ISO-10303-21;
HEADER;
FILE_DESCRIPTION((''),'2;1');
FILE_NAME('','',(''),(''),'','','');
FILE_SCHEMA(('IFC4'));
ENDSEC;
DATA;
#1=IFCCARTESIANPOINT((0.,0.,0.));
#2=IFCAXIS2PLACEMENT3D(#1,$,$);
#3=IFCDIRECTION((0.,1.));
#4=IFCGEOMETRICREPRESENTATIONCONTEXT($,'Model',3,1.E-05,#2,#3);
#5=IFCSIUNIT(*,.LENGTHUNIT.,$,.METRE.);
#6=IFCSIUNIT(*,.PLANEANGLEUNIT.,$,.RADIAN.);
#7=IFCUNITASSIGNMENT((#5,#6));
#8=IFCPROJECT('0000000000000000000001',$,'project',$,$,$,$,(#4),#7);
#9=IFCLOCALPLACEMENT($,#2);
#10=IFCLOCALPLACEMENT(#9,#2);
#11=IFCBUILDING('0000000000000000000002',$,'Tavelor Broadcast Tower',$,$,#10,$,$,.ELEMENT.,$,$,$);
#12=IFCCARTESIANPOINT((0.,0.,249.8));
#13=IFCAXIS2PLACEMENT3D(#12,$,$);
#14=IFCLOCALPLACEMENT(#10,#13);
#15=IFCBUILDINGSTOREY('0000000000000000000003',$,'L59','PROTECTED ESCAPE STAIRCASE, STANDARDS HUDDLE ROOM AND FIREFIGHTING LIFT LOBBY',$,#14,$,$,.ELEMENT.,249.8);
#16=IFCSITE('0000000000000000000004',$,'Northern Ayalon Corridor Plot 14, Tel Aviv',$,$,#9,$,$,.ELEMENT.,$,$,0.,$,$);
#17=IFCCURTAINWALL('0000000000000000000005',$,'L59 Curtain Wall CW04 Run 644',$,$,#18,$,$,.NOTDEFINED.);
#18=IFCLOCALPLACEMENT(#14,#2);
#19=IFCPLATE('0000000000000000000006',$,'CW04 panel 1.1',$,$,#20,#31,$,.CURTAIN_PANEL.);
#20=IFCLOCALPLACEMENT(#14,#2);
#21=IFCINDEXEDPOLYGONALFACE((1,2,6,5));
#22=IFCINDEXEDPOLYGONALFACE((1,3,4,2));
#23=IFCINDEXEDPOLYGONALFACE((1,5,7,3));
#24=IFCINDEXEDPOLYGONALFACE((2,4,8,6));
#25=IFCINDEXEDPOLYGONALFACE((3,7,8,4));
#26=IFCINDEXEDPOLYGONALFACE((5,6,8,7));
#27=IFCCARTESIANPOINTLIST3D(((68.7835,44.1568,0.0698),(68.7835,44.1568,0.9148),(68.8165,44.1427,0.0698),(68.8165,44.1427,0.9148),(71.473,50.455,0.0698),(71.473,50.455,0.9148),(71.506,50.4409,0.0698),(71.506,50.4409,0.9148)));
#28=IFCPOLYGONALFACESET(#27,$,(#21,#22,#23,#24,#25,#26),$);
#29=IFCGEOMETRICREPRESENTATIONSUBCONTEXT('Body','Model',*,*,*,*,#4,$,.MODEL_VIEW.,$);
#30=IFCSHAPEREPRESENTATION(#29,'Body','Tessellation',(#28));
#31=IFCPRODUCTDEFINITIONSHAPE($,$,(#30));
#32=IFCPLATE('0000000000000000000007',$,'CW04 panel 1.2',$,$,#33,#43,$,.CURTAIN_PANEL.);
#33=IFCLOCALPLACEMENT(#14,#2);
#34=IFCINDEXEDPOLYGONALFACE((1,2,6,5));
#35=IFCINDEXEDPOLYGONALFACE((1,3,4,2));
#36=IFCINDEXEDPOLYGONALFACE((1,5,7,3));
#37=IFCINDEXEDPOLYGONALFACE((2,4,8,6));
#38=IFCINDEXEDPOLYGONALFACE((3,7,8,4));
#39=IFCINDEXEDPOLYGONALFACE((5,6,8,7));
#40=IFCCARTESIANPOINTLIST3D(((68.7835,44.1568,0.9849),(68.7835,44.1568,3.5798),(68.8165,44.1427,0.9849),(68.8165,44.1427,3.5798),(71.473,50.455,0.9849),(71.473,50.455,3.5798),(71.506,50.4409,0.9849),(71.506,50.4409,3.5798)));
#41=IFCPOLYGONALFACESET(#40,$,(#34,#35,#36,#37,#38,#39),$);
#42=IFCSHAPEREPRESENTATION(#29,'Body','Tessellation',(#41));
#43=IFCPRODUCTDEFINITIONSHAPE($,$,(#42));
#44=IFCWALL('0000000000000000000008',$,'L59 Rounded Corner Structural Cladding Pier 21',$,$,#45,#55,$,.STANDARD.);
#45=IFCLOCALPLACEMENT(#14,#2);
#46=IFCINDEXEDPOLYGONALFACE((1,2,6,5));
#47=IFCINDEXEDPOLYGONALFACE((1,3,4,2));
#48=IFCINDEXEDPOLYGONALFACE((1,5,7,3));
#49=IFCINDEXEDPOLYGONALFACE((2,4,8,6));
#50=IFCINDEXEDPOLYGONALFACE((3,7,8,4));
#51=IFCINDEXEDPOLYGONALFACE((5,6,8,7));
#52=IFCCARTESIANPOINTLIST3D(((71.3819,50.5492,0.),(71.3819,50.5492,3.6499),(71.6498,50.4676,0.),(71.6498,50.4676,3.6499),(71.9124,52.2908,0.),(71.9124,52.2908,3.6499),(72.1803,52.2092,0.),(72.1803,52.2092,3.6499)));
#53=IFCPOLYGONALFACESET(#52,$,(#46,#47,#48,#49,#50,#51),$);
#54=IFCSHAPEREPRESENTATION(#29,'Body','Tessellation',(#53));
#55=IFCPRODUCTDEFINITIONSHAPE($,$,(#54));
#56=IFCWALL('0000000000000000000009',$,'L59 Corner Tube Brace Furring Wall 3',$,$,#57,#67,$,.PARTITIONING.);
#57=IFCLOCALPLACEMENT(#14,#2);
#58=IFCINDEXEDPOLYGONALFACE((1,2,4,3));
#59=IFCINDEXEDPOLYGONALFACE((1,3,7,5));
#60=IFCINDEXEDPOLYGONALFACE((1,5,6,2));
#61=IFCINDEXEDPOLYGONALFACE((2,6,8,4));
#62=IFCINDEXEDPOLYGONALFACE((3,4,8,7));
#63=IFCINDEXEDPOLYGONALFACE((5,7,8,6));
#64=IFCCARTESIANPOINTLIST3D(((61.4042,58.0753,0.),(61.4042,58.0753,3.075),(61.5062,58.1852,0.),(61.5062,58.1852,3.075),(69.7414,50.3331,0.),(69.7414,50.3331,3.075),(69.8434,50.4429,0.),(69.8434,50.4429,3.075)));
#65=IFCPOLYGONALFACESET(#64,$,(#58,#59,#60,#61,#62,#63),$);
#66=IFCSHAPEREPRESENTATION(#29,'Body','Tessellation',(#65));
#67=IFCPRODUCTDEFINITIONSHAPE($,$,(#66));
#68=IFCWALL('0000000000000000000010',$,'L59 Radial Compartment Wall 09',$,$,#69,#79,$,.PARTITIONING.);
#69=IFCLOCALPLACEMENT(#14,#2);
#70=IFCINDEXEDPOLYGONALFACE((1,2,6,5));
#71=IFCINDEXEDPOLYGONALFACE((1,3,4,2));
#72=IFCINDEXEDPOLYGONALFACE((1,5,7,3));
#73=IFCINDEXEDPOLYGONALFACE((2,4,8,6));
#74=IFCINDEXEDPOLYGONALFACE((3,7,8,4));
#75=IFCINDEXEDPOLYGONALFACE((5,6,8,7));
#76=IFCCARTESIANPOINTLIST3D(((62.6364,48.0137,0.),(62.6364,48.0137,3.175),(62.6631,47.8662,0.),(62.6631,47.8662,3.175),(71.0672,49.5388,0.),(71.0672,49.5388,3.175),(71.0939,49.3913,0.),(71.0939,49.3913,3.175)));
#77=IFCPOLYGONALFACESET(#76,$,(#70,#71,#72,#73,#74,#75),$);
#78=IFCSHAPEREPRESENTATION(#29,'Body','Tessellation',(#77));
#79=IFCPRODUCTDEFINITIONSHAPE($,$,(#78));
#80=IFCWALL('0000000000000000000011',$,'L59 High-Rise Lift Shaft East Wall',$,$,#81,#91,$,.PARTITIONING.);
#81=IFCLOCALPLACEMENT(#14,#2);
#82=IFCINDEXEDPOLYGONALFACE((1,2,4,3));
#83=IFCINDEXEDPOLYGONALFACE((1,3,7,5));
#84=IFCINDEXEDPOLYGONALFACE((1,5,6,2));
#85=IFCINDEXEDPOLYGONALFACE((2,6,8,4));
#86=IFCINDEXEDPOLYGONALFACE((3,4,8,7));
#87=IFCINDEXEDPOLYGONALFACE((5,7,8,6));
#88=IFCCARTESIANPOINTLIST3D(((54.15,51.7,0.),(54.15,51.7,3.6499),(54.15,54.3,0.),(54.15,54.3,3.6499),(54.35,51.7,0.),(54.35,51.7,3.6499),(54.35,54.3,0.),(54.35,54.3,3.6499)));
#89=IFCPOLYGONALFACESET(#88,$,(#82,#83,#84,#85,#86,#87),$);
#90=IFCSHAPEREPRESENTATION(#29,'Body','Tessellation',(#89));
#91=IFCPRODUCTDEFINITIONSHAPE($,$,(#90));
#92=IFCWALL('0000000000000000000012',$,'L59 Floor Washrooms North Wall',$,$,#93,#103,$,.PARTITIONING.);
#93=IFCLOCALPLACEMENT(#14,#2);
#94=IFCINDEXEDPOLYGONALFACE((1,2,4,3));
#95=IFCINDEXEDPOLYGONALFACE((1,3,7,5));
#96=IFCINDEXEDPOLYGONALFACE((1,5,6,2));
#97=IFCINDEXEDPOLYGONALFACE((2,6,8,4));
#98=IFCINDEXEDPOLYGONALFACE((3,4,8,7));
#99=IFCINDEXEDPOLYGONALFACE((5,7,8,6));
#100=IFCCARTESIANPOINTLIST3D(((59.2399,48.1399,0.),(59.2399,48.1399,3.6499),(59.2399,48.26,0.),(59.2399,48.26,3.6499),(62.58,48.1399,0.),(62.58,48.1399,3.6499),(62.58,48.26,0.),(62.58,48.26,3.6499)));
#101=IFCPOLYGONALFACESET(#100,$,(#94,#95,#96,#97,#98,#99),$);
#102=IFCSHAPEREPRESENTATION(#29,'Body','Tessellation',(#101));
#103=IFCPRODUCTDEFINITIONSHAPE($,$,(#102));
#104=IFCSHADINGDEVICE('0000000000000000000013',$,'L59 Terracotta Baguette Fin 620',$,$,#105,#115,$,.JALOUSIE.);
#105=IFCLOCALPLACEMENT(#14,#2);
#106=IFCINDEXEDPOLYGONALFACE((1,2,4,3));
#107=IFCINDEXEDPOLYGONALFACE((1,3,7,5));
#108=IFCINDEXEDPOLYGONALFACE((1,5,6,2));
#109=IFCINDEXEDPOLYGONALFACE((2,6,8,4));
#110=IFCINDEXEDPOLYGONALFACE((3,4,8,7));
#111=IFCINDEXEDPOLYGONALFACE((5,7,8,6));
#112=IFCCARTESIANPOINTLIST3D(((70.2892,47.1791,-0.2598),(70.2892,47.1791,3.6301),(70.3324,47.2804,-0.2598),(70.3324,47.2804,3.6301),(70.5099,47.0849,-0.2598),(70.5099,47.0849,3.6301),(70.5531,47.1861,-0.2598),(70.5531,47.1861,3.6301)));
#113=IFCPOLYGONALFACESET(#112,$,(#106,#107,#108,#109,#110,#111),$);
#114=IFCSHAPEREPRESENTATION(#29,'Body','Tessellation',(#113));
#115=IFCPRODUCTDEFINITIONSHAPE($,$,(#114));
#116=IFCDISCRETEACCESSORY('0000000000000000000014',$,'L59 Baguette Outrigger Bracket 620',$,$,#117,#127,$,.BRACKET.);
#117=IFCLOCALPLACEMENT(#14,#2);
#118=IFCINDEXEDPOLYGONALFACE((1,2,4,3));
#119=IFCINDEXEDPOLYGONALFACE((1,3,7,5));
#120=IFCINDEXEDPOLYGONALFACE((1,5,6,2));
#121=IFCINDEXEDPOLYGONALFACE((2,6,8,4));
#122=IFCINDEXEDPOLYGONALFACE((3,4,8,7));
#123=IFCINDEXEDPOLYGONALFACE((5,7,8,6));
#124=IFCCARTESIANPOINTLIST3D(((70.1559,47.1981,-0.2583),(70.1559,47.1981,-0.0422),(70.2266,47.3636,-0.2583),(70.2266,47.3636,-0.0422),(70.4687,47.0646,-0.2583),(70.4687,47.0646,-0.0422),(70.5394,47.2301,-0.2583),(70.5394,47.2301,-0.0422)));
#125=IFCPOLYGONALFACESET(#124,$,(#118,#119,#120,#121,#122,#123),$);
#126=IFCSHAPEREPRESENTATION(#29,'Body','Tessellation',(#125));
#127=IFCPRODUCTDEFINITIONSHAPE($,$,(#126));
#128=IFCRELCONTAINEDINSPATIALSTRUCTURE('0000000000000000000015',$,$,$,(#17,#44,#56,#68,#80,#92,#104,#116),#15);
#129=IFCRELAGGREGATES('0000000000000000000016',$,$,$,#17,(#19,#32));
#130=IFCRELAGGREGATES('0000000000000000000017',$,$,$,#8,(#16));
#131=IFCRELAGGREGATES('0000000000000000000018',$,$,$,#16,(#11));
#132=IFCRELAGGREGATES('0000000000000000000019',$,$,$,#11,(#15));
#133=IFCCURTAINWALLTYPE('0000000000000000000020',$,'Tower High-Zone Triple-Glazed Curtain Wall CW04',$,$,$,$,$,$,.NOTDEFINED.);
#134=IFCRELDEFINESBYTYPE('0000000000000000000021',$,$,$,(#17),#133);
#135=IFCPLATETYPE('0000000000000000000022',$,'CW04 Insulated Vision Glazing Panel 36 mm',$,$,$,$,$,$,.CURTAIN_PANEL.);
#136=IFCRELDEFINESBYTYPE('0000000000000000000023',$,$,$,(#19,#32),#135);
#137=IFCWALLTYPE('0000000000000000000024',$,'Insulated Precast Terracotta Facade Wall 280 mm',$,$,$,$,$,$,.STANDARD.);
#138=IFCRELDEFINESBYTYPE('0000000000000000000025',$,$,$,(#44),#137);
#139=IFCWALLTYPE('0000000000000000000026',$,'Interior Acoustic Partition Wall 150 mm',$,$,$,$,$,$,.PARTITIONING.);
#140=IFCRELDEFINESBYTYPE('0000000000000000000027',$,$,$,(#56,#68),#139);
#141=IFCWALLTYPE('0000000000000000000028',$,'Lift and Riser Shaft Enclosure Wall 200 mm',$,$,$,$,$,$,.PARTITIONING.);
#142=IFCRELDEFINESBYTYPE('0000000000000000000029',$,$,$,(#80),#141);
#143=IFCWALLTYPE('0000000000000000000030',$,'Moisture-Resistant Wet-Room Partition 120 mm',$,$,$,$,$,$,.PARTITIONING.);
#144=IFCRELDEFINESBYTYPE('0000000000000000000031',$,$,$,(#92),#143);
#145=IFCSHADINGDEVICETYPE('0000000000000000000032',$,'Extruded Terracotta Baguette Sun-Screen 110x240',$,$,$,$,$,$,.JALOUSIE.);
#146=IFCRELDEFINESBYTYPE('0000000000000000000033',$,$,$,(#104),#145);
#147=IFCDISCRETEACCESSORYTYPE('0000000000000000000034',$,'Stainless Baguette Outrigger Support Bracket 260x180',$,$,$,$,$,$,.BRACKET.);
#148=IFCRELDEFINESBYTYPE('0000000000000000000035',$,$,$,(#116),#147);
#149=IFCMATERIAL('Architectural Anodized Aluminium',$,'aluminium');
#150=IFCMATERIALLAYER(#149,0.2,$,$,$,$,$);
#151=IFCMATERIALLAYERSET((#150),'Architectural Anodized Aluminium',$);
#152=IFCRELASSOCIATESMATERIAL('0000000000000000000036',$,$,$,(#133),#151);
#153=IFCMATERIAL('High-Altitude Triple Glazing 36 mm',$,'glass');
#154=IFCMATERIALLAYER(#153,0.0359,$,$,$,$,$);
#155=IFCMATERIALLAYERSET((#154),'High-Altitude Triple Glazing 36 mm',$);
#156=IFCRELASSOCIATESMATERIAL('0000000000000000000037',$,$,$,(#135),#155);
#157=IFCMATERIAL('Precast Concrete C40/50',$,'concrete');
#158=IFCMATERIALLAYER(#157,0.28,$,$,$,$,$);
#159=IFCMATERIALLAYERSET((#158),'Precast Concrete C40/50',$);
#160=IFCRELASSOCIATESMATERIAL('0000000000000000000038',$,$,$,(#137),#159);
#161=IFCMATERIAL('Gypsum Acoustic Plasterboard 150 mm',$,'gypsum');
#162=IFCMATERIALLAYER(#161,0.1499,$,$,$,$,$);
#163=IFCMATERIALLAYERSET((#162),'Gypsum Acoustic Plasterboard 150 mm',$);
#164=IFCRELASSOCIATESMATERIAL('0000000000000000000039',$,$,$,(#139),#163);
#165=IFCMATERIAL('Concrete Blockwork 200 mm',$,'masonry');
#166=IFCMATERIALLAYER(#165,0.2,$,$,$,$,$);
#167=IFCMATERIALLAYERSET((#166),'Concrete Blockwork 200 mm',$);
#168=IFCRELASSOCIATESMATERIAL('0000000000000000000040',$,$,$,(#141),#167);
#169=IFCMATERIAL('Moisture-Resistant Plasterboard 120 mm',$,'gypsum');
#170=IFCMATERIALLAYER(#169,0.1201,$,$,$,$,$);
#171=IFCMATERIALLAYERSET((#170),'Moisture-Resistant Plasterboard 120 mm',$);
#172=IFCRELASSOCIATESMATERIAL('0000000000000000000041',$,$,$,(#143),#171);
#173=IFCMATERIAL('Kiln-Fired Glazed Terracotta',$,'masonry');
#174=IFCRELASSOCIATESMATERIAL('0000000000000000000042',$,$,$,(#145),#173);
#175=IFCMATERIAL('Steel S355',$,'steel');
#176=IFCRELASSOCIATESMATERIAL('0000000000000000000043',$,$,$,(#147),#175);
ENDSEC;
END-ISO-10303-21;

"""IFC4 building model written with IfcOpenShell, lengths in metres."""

from ifc_helpers import new_model, si_unit, direction, frame, frame_2d, origin, origin_2d, place, context, subcontext, project, spatial, rectangle, extrude, source, transform, mapped, material, layer, layer_set, type_object, type_shapes, element, aggregate, save


model = new_model("IFC4")

# Units and contexts
model_context = context("Model", 3, precision=1e-05, world=origin(), true_north=direction((0.0, 1.0)))
body_context = subcontext(model_context, "Body", "Model", "MODEL_VIEW")
ifc_project = project(units=[si_unit("LENGTHUNIT", "METRE"), si_unit("PLANEANGLEUNIT", "RADIAN")], contexts=[model_context])

# Site, building, storey
site_placement = place(None, origin())
site = spatial("IfcSite", under=ifc_project, at=site_placement, Name="Northern Ayalon Corridor Plot 14, Tel Aviv", CompositionType="ELEMENT", RefElevation=0.0)
building_placement = place(site_placement, origin())
building = spatial("IfcBuilding", under=site, at=building_placement, Name="Tavelor Broadcast Tower", CompositionType="ELEMENT")
storey_placement = place(building_placement, frame((0.0, 0.0, 249.8)))
storey = spatial("IfcBuildingStorey", under=building, at=storey_placement, Name="L59", Description="PROTECTED ESCAPE STAIRCASE, STANDARDS HUDDLE ROOM AND FIREFIGHTING LIFT LOBBY", CompositionType="ELEMENT", Elevation=249.8)

# Shared definitions
ifc_material_1 = material(Name="Steel S355", Category="steel")

# Curtain wall
ifc_material_2 = material(Name="Architectural Anodized Aluminium", Category="aluminium")
ifc_layer_1 = layer(ifc_material_2, 0.2)
ifc_layer_set_1 = layer_set([ifc_layer_1], Name="Architectural Anodized Aluminium")
curtain_wall_type = type_object("IfcCurtainWallType", Name="Tower High-Zone Triple-Glazed Curtain Wall CW04", PredefinedType="NOTDEFINED", material=ifc_layer_set_1)
curtain_wall_placement = place(storey_placement, origin())
curtain_wall = element("IfcCurtainWall", 1, at=curtain_wall_placement, inside=storey, type_object=curtain_wall_type, Name="L59 Curtain Wall CW04 Run 644", PredefinedType="NOTDEFINED")

# Plates
ifc_material_3 = material(Name="High-Altitude Triple Glazing 36 mm", Category="glass")
ifc_layer_2 = layer(ifc_material_3, 0.0359)
ifc_layer_set_2 = layer_set([ifc_layer_2], Name="High-Altitude Triple Glazing 36 mm")
plate_type_1 = type_object("IfcPlateType", Name="CW04 Insulated Vision Glazing Panel 36 mm", PredefinedType="CURTAIN_PANEL", material=ifc_layer_set_2)
shared_shape_1 = source(origin(), body_context, "Body", "SweptSolid", [
    extrude(rectangle(XDim=6.8484, YDim=0.0359, at=origin_2d()), origin(), (0.0, 0.0, 1.0), 0.845),
])
plate_1_placement = place(storey_placement, frame((70.1448, 47.2988, 0.0698), z_axis=(0.0, 0.0, 1.0), x_axis=(0.392724, 0.919656, 0.0)))
plate_1 = element("IfcPlate", 2, at=plate_1_placement, type_object=plate_type_1, Name="CW04 panel 1.1", PredefinedType="CURTAIN_PANEL", context=body_context, shape_type="MappedRepresentation", body=[
    mapped(shared_shape_1, transform((0.0, 0.0, 0.0), scale=1.0)),
])
shared_shape_2 = source(origin(), body_context, "Body", "SweptSolid", [
    extrude(rectangle(XDim=6.8484, YDim=0.0359, at=origin_2d()), origin(), (0.0, 0.0, 1.0), 2.595),
])
type_shapes(plate_type_1, [shared_shape_1, shared_shape_2])
plate_2_placement = place(storey_placement, frame((70.1448, 47.2988, 0.9849), z_axis=(0.0, 0.0, 1.0), x_axis=(0.392724, 0.919656, 0.0)))
plate_2 = element("IfcPlate", 3, at=plate_2_placement, type_object=plate_type_1, Name="CW04 panel 1.2", PredefinedType="CURTAIN_PANEL", context=body_context, shape_type="MappedRepresentation", body=[
    mapped(shared_shape_2, transform((0.0, 0.0, 0.0), scale=1.0)),
])
aggregate(curtain_wall, [plate_1, plate_2])

# Walls
ifc_material_4 = material(Name="Precast Concrete C40/50", Category="concrete")
ifc_layer_3 = layer(ifc_material_4, 0.28)
ifc_layer_set_3 = layer_set([ifc_layer_3], Name="Precast Concrete C40/50")
wall_type_1 = type_object("IfcWallType", Name="Insulated Precast Terracotta Facade Wall 280 mm", PredefinedType="STANDARD", material=ifc_layer_set_3)
wall_1_placement = place(storey_placement, frame((71.5159, 50.5085, 0.0), z_axis=(0.0, 0.0, 1.0), x_axis=(0.291418, 0.956596, 0.0)))
element("IfcWall", 4, at=wall_1_placement, inside=storey, type_object=wall_type_1, Name="L59 Rounded Corner Structural Cladding Pier 21", PredefinedType="STANDARD", context=body_context, shape_type="SweptSolid", body=[
    extrude(rectangle(XDim=1.8206, YDim=0.28, at=frame_2d((0.9102, 0.0))), origin(), (0.0, 0.0, 1.0), 3.6499),
])
ifc_material_5 = material(Name="Gypsum Acoustic Plasterboard 150 mm", Category="gypsum")
ifc_layer_4 = layer(ifc_material_5, 0.1499)
ifc_layer_set_4 = layer_set([ifc_layer_4], Name="Gypsum Acoustic Plasterboard 150 mm")
wall_type_2 = type_object("IfcWallType", Name="Interior Acoustic Partition Wall 150 mm", PredefinedType="PARTITIONING", material=ifc_layer_set_4)
wall_2_placement = place(storey_placement, frame((69.7925, 50.3879, 0.0), z_axis=(0.0, 0.0, 1.0), x_axis=(-0.73277, 0.680477, 0.0)))
element("IfcWall", 5, at=wall_2_placement, inside=storey, type_object=wall_type_2, Name="L59 Corner Tube Brace Furring Wall 3", PredefinedType="PARTITIONING", context=body_context, shape_type="SweptSolid", body=[
    extrude(rectangle(XDim=11.3777, YDim=0.1499, at=frame_2d((5.689, 0.0))), origin(), (0.0, 0.0, 1.0), 3.075),
])
wall_3_placement = place(storey_placement, frame((62.6499, 47.9399, 0.0), z_axis=(0.0, 0.0, 1.0), x_axis=(0.984028, 0.178015, 0.0)))
element("IfcWall", 6, at=wall_3_placement, inside=storey, type_object=wall_type_2, Name="L59 Radial Compartment Wall 09", PredefinedType="PARTITIONING", context=body_context, shape_type="SweptSolid", body=[
    extrude(rectangle(XDim=8.5676, YDim=0.1499, at=frame_2d((4.2837, 0.0))), origin(), (0.0, 0.0, 1.0), 3.175),
])
ifc_material_6 = material(Name="Concrete Blockwork 200 mm", Category="masonry")
ifc_layer_5 = layer(ifc_material_6, 0.2)
ifc_layer_set_5 = layer_set([ifc_layer_5], Name="Concrete Blockwork 200 mm")
wall_type_3 = type_object("IfcWallType", Name="Lift and Riser Shaft Enclosure Wall 200 mm", PredefinedType="PARTITIONING", material=ifc_layer_set_5)
wall_4_placement = place(storey_placement, frame((54.25, 51.7, 0.0), z_axis=(0.0, 0.0, 1.0), x_axis=(0.0, 1.0, 0.0)))
element("IfcWall", 7, at=wall_4_placement, inside=storey, type_object=wall_type_3, Name="L59 High-Rise Lift Shaft East Wall", PredefinedType="PARTITIONING", context=body_context, shape_type="SweptSolid", body=[
    extrude(rectangle(XDim=2.6001, YDim=0.2, at=frame_2d((1.3, 0.0))), origin(), (0.0, 0.0, 1.0), 3.6499),
])
ifc_material_7 = material(Name="Moisture-Resistant Plasterboard 120 mm", Category="gypsum")
ifc_layer_6 = layer(ifc_material_7, 0.1201)
ifc_layer_set_6 = layer_set([ifc_layer_6], Name="Moisture-Resistant Plasterboard 120 mm")
wall_type_4 = type_object("IfcWallType", Name="Moisture-Resistant Wet-Room Partition 120 mm", PredefinedType="PARTITIONING", material=ifc_layer_set_6)
wall_5_placement = place(storey_placement, frame((59.24, 48.2, 0.0), z_axis=(0.0, 0.0, 1.0), x_axis=(1.0, 0.0, 0.0)))
element("IfcWall", 8, at=wall_5_placement, inside=storey, type_object=wall_type_4, Name="L59 Floor Washrooms North Wall", PredefinedType="PARTITIONING", context=body_context, shape_type="SweptSolid", body=[
    extrude(rectangle(XDim=3.3401, YDim=0.1201, at=frame_2d((1.6699, 0.0))), origin(), (0.0, 0.0, 1.0), 3.6499),
])

# Shading device
ifc_material_8 = material(Name="Kiln-Fired Glazed Terracotta", Category="masonry")
shading_device_type = type_object("IfcShadingDeviceType", Name="Extruded Terracotta Baguette Sun-Screen 110x240", PredefinedType="JALOUSIE", material=ifc_material_8)
shared_shape_3 = source(origin(), body_context, "Body", "SweptSolid", [
    extrude(rectangle(XDim=0.1101, YDim=0.24, at=origin_2d()), origin(), (0.0, 0.0, 1.0), 3.8899),
])
type_shapes(shading_device_type, [shared_shape_3])
shading_device_placement = place(storey_placement, frame((70.4211, 47.1826, -0.2598), z_axis=(0.0, 0.0, 1.0), x_axis=(0.392658, 0.919684, 0.0)))
element("IfcShadingDevice", 9, at=shading_device_placement, inside=storey, type_object=shading_device_type, Name="L59 Terracotta Baguette Fin 620", PredefinedType="JALOUSIE", context=body_context, shape_type="MappedRepresentation", body=[
    mapped(shared_shape_3, transform((0.0, 0.0, 0.0), scale=1.0)),
])

# Discrete accessory
discrete_accessory_type = type_object("IfcDiscreteAccessoryType", Name="Stainless Baguette Outrigger Support Bracket 260x180", PredefinedType="BRACKET", material=ifc_material_1)
shared_shape_4 = source(origin(), body_context, "Body", "SweptSolid", [
    extrude(rectangle(XDim=0.1799, YDim=0.3401, at=origin_2d()), origin(), (0.0, 0.0, 1.0), 0.2161),
])
type_shapes(discrete_accessory_type, [shared_shape_4])
discrete_accessory_placement = place(storey_placement, frame((70.3477, 47.2141, -0.2583), z_axis=(0.0, 0.0, 1.0), x_axis=(0.392658, 0.919684, 0.0)))
element("IfcDiscreteAccessory", 10, at=discrete_accessory_placement, inside=storey, type_object=discrete_accessory_type, Name="L59 Baguette Outrigger Bracket 620", PredefinedType="BRACKET", context=body_context, shape_type="MappedRepresentation", body=[
    mapped(shared_shape_4, transform((0.0, 0.0, 0.0), scale=1.0)),
])

save(model, "model.ifc")
